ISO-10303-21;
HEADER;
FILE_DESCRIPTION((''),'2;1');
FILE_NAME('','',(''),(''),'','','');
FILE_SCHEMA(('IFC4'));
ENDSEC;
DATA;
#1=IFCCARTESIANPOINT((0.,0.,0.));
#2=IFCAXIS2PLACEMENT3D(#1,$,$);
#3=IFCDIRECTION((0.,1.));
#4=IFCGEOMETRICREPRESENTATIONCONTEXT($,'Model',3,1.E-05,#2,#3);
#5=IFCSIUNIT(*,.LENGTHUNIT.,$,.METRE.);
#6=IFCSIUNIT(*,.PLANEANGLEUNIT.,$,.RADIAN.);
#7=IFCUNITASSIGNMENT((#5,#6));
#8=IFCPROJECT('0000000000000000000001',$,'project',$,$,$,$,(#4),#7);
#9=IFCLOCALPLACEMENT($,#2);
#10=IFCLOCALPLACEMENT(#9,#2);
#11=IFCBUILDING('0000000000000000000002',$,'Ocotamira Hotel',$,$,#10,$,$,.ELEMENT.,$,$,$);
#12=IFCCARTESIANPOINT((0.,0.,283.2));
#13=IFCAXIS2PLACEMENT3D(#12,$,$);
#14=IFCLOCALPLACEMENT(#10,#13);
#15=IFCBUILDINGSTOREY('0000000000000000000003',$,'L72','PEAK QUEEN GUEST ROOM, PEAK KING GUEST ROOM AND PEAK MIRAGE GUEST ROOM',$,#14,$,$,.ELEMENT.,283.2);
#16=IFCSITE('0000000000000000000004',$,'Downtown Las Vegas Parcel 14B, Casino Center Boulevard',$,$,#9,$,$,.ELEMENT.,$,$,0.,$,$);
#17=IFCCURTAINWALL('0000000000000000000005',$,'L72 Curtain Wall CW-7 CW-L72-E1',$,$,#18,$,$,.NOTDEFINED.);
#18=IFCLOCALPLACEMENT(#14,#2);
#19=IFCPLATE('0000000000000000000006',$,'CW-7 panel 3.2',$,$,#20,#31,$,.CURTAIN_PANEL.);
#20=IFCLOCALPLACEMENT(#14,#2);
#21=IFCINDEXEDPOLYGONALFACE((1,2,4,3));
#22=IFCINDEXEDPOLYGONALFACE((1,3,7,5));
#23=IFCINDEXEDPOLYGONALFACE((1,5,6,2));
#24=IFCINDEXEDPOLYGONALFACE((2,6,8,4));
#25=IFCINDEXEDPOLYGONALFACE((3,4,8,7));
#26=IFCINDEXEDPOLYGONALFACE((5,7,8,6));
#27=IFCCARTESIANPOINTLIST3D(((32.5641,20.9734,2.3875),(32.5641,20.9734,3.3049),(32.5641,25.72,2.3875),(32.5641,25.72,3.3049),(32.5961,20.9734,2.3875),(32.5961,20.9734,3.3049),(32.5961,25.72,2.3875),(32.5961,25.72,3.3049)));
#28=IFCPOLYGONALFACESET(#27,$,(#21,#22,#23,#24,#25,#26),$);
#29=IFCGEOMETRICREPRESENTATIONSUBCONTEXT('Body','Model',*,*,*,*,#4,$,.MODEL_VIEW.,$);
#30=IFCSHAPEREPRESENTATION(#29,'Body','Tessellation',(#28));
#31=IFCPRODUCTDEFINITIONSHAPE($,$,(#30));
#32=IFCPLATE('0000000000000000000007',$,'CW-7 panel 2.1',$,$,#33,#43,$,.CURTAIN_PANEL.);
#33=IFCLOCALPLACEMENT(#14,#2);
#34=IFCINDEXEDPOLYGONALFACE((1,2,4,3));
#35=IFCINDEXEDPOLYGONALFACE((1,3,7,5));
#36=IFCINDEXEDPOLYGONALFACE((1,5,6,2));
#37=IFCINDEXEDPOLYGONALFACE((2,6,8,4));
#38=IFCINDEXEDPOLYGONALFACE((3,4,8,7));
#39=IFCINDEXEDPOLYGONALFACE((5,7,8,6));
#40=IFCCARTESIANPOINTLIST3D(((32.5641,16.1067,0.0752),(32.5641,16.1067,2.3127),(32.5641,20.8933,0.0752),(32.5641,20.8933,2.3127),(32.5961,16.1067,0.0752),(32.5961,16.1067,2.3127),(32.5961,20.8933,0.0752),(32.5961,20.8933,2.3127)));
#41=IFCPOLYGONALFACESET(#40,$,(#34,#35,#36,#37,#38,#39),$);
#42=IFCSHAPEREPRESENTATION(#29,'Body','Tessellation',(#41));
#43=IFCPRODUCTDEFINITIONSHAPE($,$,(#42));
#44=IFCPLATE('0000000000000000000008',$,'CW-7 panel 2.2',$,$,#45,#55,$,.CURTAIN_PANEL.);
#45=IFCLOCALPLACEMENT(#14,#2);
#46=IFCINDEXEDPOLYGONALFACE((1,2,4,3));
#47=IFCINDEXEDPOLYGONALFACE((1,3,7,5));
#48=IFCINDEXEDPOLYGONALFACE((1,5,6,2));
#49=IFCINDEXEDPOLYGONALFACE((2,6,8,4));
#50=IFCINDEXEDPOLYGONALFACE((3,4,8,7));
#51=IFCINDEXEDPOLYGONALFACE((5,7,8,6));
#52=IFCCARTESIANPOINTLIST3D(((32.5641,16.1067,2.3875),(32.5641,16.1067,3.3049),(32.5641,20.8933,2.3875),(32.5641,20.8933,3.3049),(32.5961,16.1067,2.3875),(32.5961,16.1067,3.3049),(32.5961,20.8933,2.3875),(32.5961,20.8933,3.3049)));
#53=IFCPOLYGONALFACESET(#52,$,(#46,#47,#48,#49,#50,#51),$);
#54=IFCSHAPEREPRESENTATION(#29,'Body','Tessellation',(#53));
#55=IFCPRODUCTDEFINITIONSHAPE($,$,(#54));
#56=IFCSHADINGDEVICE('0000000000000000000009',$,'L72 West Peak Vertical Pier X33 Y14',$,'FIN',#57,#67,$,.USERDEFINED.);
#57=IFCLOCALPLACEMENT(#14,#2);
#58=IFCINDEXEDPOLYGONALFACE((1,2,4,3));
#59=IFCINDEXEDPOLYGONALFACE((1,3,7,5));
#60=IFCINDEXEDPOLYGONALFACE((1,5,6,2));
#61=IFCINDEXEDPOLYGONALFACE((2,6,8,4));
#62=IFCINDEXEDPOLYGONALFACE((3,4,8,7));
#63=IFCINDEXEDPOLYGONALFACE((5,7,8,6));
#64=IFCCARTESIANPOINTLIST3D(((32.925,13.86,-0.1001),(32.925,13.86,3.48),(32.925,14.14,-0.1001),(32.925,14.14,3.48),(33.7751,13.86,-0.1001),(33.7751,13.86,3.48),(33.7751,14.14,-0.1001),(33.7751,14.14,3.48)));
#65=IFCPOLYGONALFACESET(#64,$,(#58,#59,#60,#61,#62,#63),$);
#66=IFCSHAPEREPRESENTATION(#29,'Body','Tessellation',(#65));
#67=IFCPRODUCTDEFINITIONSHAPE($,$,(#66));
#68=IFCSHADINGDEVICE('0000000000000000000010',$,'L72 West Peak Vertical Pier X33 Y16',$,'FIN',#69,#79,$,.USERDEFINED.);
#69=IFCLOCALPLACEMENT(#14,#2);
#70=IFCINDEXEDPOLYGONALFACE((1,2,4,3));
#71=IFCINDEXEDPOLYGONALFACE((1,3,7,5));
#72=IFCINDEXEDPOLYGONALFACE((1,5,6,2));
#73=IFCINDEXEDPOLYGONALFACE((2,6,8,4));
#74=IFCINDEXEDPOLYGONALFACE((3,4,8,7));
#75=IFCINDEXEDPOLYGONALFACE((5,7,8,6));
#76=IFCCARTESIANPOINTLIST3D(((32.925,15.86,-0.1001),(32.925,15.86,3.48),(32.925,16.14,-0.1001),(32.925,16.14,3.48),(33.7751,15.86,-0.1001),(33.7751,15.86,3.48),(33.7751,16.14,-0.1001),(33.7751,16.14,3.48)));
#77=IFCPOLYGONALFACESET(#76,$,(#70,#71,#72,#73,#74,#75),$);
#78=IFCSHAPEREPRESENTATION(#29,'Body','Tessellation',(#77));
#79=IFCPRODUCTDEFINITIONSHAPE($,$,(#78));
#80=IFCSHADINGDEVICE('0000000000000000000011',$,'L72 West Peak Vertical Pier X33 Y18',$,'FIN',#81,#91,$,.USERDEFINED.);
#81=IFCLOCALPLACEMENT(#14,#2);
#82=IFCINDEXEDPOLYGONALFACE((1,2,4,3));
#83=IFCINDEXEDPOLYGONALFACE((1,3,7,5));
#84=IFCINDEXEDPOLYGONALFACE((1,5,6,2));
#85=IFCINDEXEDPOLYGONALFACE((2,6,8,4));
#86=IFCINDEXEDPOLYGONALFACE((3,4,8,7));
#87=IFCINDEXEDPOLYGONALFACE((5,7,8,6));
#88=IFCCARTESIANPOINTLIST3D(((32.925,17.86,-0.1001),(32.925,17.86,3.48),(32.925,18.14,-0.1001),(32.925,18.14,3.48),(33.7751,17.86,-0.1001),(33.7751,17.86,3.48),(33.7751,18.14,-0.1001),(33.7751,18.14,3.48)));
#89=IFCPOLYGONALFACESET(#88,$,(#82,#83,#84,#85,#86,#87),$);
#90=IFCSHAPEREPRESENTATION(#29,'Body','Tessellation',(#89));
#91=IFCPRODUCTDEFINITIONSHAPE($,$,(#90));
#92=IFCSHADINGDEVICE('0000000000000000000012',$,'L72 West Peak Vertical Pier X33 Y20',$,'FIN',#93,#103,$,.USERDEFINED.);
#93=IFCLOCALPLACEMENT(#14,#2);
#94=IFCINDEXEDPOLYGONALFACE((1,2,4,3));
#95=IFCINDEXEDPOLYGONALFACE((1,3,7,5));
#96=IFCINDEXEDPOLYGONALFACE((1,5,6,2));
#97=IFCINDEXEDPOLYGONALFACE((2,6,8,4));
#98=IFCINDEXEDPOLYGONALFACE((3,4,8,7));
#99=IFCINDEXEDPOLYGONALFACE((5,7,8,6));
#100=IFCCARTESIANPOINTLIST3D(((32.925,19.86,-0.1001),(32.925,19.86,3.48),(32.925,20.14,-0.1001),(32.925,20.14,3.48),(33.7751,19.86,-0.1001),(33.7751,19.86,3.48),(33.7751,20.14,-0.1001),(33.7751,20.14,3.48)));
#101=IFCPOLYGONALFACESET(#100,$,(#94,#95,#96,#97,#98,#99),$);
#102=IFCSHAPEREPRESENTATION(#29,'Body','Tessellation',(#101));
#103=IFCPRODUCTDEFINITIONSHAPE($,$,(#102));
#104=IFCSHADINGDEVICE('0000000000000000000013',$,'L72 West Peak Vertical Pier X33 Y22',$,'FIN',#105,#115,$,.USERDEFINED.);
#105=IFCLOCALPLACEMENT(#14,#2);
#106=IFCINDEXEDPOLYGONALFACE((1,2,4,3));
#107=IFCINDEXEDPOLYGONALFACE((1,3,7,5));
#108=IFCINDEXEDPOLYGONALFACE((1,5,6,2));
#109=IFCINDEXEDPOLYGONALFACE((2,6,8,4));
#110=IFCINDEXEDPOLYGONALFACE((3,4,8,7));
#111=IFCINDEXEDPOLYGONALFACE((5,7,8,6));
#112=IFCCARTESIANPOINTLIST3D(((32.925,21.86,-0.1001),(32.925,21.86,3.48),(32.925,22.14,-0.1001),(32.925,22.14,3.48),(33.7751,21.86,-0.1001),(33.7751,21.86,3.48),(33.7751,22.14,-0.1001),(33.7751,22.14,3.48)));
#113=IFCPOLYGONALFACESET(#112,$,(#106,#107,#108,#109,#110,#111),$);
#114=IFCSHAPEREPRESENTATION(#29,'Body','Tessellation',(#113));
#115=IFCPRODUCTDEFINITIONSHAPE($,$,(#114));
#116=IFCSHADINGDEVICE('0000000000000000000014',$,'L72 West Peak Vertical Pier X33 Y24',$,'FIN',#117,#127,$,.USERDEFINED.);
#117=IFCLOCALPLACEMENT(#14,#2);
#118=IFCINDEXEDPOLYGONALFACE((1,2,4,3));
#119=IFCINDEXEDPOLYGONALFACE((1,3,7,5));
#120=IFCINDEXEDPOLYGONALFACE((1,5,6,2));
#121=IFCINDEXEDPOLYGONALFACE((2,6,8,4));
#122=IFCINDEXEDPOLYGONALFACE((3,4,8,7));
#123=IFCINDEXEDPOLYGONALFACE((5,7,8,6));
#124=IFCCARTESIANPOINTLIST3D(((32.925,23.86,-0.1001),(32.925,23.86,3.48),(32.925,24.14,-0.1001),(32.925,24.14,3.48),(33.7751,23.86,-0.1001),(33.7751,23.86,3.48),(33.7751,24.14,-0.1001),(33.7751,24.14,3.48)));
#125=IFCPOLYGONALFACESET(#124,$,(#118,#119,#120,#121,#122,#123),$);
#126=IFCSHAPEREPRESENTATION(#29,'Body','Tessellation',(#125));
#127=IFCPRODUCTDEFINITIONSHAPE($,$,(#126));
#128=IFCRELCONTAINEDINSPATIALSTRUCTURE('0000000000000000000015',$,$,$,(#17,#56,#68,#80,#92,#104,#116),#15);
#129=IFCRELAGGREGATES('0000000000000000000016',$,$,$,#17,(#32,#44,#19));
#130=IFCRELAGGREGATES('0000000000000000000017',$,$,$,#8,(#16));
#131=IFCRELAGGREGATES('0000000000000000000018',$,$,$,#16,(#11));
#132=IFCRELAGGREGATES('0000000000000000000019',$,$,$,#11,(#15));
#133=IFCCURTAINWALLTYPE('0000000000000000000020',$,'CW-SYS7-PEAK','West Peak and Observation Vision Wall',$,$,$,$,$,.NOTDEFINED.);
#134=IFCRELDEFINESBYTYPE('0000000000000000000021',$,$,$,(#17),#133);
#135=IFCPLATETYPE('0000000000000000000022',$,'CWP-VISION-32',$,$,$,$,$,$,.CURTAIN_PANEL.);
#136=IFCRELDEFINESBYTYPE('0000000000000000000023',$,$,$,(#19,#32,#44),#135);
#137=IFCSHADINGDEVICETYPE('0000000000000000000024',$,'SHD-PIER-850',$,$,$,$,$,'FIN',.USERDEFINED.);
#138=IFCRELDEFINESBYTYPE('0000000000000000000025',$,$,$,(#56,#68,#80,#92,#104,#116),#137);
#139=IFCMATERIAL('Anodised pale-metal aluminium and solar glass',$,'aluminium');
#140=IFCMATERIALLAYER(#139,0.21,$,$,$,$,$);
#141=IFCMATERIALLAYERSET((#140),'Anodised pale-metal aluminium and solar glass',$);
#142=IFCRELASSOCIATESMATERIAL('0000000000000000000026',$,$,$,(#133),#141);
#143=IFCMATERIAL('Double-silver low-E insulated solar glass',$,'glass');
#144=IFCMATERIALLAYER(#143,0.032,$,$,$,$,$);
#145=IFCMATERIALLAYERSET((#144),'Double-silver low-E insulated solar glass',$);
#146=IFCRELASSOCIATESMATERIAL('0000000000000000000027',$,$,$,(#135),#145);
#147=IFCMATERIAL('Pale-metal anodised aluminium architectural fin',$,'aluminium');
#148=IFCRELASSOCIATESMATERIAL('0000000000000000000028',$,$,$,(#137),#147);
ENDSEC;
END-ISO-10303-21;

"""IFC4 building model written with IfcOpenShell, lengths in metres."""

from ifc_helpers import new_model, si_unit, direction, frame, origin, origin_2d, place, context, subcontext, project, spatial, rectangle, extrude, source, transform, mapped, material, layer, layer_set, type_object, element, aggregate, save


model = new_model("IFC4")

# Units and contexts
model_context = context("Model", 3, precision=1e-05, world=origin(), true_north=direction((0.0, 1.0)))
body_context = subcontext(model_context, "Body", "Model", "MODEL_VIEW")
ifc_project = project(units=[si_unit("LENGTHUNIT", "METRE"), si_unit("PLANEANGLEUNIT", "RADIAN")], contexts=[model_context])

# Site, building, storey
site_placement = place(None, origin())
site = spatial("IfcSite", under=ifc_project, at=site_placement, Name="Downtown Las Vegas Parcel 14B, Casino Center Boulevard", CompositionType="ELEMENT", RefElevation=0.0)
building_placement = place(site_placement, origin())
building = spatial("IfcBuilding", under=site, at=building_placement, Name="Ocotamira Hotel", CompositionType="ELEMENT")
storey_placement = place(building_placement, frame((0.0, 0.0, 283.2)))
storey = spatial("IfcBuildingStorey", under=building, at=storey_placement, Name="L72", Description="PEAK QUEEN GUEST ROOM, PEAK KING GUEST ROOM AND PEAK MIRAGE GUEST ROOM", CompositionType="ELEMENT", Elevation=283.2)

# Curtain wall, plates
ifc_material_1 = material(Name="Anodised pale-metal aluminium and solar glass", Category="aluminium")
ifc_layer_1 = layer(ifc_material_1, 0.21)
ifc_layer_set_1 = layer_set([ifc_layer_1], Name="Anodised pale-metal aluminium and solar glass")
curtain_wall_type = type_object("IfcCurtainWallType", Name="CW-SYS7-PEAK", Description="West Peak and Observation Vision Wall", PredefinedType="NOTDEFINED", material=ifc_layer_set_1)
curtain_wall_placement = place(storey_placement, origin())
curtain_wall = element("IfcCurtainWall", 1, at=curtain_wall_placement, inside=storey, type_object=curtain_wall_type, Name="L72 Curtain Wall CW-7 CW-L72-E1", PredefinedType="NOTDEFINED")
ifc_material_2 = material(Name="Double-silver low-E insulated solar glass", Category="glass")
ifc_layer_2 = layer(ifc_material_2, 0.032)
ifc_layer_set_2 = layer_set([ifc_layer_2], Name="Double-silver low-E insulated solar glass")
plate_type = type_object("IfcPlateType", Name="CWP-VISION-32", PredefinedType="CURTAIN_PANEL", material=ifc_layer_set_2)
shared_shape_1 = source(origin(), body_context, "Body", "SweptSolid", [
    extrude(rectangle(XDim=4.7466, YDim=0.032, at=origin_2d()), origin(), (0.0, 0.0, 1.0), 0.9175),
])
plate_1_placement = place(storey_placement, frame((32.5801, 23.3467, 2.3875), z_axis=(0.0, 0.0, 1.0), x_axis=(0.0, 1.0, 0.0)))
plate_1 = element("IfcPlate", 2, at=plate_1_placement, type_object=plate_type, Name="CW-7 panel 3.2", PredefinedType="CURTAIN_PANEL", context=body_context, shape_type="MappedRepresentation", body=[
    mapped(shared_shape_1, transform((0.0, 0.0, 0.0), scale=1.0)),
])
shared_shape_2 = source(origin(), body_context, "Body", "SweptSolid", [
    extrude(rectangle(XDim=4.7866, YDim=0.032, at=origin_2d()), origin(), (0.0, 0.0, 1.0), 2.2375),
])
plate_2_placement = place(storey_placement, frame((32.5801, 18.5, 0.0752), z_axis=(0.0, 0.0, 1.0), x_axis=(0.0, 1.0, 0.0)))
plate_2 = element("IfcPlate", 3, at=plate_2_placement, type_object=plate_type, Name="CW-7 panel 2.1", PredefinedType="CURTAIN_PANEL", context=body_context, shape_type="MappedRepresentation", body=[
    mapped(shared_shape_2, transform((0.0, 0.0, 0.0), scale=1.0)),
])
shared_shape_3 = source(origin(), body_context, "Body", "SweptSolid", [
    extrude(rectangle(XDim=4.7866, YDim=0.032, at=origin_2d()), origin(), (0.0, 0.0, 1.0), 0.9175),
])
plate_3_placement = place(storey_placement, frame((32.5801, 18.5, 2.3875), z_axis=(0.0, 0.0, 1.0), x_axis=(0.0, 1.0, 0.0)))
plate_3 = element("IfcPlate", 4, at=plate_3_placement, type_object=plate_type, Name="CW-7 panel 2.2", PredefinedType="CURTAIN_PANEL", context=body_context, shape_type="MappedRepresentation", body=[
    mapped(shared_shape_3, transform((0.0, 0.0, 0.0), scale=1.0)),
])
aggregate(curtain_wall, [plate_2, plate_3, plate_1])

# Shading devices
ifc_material_3 = material(Name="Pale-metal anodised aluminium architectural fin", Category="aluminium")
shading_device_type = type_object("IfcShadingDeviceType", Name="SHD-PIER-850", ElementType="FIN", PredefinedType="USERDEFINED", material=ifc_material_3)
shared_shape_4 = source(origin(), body_context, "Body", "SweptSolid", [
    extrude(rectangle(XDim=0.8501, YDim=0.28, at=origin_2d()), origin(), (0.0, 0.0, 1.0), 3.5801),
])
for number, where, z_axis, x_axis, name in (
    (5, (33.3501, 14.0, -0.1001), (0.0, 0.0, 1.0), (1.0, 0.0, 0.0), "L72 West Peak Vertical Pier X33 Y14"),
    (6, (33.3501, 16.0, -0.1001), (0.0, 0.0, 1.0), (1.0, 0.0, 0.0), "L72 West Peak Vertical Pier X33 Y16"),
    (7, (33.3501, 18.0, -0.1001), (0.0, 0.0, 1.0), (1.0, 0.0, 0.0), "L72 West Peak Vertical Pier X33 Y18"),
    (8, (33.3501, 20.0, -0.1001), (0.0, 0.0, 1.0), (1.0, 0.0, 0.0), "L72 West Peak Vertical Pier X33 Y20"),
    (9, (33.3501, 22.0, -0.1001), (0.0, 0.0, 1.0), (1.0, 0.0, 0.0), "L72 West Peak Vertical Pier X33 Y22"),
    (10, (33.3501, 24.0, -0.1001), (0.0, 0.0, 1.0), (1.0, 0.0, 0.0), "L72 West Peak Vertical Pier X33 Y24"),
):
    element("IfcShadingDevice", number, at=place(storey_placement, frame(where, z_axis=z_axis, x_axis=x_axis)), inside=storey, type_object=shading_device_type, Name=name, ObjectType="FIN", PredefinedType="USERDEFINED", context=body_context, shape_type="MappedRepresentation", body=[
        mapped(shared_shape_4, transform((0.0, 0.0, 0.0), scale=1.0)),
    ])

save(model, "model.ifc")
